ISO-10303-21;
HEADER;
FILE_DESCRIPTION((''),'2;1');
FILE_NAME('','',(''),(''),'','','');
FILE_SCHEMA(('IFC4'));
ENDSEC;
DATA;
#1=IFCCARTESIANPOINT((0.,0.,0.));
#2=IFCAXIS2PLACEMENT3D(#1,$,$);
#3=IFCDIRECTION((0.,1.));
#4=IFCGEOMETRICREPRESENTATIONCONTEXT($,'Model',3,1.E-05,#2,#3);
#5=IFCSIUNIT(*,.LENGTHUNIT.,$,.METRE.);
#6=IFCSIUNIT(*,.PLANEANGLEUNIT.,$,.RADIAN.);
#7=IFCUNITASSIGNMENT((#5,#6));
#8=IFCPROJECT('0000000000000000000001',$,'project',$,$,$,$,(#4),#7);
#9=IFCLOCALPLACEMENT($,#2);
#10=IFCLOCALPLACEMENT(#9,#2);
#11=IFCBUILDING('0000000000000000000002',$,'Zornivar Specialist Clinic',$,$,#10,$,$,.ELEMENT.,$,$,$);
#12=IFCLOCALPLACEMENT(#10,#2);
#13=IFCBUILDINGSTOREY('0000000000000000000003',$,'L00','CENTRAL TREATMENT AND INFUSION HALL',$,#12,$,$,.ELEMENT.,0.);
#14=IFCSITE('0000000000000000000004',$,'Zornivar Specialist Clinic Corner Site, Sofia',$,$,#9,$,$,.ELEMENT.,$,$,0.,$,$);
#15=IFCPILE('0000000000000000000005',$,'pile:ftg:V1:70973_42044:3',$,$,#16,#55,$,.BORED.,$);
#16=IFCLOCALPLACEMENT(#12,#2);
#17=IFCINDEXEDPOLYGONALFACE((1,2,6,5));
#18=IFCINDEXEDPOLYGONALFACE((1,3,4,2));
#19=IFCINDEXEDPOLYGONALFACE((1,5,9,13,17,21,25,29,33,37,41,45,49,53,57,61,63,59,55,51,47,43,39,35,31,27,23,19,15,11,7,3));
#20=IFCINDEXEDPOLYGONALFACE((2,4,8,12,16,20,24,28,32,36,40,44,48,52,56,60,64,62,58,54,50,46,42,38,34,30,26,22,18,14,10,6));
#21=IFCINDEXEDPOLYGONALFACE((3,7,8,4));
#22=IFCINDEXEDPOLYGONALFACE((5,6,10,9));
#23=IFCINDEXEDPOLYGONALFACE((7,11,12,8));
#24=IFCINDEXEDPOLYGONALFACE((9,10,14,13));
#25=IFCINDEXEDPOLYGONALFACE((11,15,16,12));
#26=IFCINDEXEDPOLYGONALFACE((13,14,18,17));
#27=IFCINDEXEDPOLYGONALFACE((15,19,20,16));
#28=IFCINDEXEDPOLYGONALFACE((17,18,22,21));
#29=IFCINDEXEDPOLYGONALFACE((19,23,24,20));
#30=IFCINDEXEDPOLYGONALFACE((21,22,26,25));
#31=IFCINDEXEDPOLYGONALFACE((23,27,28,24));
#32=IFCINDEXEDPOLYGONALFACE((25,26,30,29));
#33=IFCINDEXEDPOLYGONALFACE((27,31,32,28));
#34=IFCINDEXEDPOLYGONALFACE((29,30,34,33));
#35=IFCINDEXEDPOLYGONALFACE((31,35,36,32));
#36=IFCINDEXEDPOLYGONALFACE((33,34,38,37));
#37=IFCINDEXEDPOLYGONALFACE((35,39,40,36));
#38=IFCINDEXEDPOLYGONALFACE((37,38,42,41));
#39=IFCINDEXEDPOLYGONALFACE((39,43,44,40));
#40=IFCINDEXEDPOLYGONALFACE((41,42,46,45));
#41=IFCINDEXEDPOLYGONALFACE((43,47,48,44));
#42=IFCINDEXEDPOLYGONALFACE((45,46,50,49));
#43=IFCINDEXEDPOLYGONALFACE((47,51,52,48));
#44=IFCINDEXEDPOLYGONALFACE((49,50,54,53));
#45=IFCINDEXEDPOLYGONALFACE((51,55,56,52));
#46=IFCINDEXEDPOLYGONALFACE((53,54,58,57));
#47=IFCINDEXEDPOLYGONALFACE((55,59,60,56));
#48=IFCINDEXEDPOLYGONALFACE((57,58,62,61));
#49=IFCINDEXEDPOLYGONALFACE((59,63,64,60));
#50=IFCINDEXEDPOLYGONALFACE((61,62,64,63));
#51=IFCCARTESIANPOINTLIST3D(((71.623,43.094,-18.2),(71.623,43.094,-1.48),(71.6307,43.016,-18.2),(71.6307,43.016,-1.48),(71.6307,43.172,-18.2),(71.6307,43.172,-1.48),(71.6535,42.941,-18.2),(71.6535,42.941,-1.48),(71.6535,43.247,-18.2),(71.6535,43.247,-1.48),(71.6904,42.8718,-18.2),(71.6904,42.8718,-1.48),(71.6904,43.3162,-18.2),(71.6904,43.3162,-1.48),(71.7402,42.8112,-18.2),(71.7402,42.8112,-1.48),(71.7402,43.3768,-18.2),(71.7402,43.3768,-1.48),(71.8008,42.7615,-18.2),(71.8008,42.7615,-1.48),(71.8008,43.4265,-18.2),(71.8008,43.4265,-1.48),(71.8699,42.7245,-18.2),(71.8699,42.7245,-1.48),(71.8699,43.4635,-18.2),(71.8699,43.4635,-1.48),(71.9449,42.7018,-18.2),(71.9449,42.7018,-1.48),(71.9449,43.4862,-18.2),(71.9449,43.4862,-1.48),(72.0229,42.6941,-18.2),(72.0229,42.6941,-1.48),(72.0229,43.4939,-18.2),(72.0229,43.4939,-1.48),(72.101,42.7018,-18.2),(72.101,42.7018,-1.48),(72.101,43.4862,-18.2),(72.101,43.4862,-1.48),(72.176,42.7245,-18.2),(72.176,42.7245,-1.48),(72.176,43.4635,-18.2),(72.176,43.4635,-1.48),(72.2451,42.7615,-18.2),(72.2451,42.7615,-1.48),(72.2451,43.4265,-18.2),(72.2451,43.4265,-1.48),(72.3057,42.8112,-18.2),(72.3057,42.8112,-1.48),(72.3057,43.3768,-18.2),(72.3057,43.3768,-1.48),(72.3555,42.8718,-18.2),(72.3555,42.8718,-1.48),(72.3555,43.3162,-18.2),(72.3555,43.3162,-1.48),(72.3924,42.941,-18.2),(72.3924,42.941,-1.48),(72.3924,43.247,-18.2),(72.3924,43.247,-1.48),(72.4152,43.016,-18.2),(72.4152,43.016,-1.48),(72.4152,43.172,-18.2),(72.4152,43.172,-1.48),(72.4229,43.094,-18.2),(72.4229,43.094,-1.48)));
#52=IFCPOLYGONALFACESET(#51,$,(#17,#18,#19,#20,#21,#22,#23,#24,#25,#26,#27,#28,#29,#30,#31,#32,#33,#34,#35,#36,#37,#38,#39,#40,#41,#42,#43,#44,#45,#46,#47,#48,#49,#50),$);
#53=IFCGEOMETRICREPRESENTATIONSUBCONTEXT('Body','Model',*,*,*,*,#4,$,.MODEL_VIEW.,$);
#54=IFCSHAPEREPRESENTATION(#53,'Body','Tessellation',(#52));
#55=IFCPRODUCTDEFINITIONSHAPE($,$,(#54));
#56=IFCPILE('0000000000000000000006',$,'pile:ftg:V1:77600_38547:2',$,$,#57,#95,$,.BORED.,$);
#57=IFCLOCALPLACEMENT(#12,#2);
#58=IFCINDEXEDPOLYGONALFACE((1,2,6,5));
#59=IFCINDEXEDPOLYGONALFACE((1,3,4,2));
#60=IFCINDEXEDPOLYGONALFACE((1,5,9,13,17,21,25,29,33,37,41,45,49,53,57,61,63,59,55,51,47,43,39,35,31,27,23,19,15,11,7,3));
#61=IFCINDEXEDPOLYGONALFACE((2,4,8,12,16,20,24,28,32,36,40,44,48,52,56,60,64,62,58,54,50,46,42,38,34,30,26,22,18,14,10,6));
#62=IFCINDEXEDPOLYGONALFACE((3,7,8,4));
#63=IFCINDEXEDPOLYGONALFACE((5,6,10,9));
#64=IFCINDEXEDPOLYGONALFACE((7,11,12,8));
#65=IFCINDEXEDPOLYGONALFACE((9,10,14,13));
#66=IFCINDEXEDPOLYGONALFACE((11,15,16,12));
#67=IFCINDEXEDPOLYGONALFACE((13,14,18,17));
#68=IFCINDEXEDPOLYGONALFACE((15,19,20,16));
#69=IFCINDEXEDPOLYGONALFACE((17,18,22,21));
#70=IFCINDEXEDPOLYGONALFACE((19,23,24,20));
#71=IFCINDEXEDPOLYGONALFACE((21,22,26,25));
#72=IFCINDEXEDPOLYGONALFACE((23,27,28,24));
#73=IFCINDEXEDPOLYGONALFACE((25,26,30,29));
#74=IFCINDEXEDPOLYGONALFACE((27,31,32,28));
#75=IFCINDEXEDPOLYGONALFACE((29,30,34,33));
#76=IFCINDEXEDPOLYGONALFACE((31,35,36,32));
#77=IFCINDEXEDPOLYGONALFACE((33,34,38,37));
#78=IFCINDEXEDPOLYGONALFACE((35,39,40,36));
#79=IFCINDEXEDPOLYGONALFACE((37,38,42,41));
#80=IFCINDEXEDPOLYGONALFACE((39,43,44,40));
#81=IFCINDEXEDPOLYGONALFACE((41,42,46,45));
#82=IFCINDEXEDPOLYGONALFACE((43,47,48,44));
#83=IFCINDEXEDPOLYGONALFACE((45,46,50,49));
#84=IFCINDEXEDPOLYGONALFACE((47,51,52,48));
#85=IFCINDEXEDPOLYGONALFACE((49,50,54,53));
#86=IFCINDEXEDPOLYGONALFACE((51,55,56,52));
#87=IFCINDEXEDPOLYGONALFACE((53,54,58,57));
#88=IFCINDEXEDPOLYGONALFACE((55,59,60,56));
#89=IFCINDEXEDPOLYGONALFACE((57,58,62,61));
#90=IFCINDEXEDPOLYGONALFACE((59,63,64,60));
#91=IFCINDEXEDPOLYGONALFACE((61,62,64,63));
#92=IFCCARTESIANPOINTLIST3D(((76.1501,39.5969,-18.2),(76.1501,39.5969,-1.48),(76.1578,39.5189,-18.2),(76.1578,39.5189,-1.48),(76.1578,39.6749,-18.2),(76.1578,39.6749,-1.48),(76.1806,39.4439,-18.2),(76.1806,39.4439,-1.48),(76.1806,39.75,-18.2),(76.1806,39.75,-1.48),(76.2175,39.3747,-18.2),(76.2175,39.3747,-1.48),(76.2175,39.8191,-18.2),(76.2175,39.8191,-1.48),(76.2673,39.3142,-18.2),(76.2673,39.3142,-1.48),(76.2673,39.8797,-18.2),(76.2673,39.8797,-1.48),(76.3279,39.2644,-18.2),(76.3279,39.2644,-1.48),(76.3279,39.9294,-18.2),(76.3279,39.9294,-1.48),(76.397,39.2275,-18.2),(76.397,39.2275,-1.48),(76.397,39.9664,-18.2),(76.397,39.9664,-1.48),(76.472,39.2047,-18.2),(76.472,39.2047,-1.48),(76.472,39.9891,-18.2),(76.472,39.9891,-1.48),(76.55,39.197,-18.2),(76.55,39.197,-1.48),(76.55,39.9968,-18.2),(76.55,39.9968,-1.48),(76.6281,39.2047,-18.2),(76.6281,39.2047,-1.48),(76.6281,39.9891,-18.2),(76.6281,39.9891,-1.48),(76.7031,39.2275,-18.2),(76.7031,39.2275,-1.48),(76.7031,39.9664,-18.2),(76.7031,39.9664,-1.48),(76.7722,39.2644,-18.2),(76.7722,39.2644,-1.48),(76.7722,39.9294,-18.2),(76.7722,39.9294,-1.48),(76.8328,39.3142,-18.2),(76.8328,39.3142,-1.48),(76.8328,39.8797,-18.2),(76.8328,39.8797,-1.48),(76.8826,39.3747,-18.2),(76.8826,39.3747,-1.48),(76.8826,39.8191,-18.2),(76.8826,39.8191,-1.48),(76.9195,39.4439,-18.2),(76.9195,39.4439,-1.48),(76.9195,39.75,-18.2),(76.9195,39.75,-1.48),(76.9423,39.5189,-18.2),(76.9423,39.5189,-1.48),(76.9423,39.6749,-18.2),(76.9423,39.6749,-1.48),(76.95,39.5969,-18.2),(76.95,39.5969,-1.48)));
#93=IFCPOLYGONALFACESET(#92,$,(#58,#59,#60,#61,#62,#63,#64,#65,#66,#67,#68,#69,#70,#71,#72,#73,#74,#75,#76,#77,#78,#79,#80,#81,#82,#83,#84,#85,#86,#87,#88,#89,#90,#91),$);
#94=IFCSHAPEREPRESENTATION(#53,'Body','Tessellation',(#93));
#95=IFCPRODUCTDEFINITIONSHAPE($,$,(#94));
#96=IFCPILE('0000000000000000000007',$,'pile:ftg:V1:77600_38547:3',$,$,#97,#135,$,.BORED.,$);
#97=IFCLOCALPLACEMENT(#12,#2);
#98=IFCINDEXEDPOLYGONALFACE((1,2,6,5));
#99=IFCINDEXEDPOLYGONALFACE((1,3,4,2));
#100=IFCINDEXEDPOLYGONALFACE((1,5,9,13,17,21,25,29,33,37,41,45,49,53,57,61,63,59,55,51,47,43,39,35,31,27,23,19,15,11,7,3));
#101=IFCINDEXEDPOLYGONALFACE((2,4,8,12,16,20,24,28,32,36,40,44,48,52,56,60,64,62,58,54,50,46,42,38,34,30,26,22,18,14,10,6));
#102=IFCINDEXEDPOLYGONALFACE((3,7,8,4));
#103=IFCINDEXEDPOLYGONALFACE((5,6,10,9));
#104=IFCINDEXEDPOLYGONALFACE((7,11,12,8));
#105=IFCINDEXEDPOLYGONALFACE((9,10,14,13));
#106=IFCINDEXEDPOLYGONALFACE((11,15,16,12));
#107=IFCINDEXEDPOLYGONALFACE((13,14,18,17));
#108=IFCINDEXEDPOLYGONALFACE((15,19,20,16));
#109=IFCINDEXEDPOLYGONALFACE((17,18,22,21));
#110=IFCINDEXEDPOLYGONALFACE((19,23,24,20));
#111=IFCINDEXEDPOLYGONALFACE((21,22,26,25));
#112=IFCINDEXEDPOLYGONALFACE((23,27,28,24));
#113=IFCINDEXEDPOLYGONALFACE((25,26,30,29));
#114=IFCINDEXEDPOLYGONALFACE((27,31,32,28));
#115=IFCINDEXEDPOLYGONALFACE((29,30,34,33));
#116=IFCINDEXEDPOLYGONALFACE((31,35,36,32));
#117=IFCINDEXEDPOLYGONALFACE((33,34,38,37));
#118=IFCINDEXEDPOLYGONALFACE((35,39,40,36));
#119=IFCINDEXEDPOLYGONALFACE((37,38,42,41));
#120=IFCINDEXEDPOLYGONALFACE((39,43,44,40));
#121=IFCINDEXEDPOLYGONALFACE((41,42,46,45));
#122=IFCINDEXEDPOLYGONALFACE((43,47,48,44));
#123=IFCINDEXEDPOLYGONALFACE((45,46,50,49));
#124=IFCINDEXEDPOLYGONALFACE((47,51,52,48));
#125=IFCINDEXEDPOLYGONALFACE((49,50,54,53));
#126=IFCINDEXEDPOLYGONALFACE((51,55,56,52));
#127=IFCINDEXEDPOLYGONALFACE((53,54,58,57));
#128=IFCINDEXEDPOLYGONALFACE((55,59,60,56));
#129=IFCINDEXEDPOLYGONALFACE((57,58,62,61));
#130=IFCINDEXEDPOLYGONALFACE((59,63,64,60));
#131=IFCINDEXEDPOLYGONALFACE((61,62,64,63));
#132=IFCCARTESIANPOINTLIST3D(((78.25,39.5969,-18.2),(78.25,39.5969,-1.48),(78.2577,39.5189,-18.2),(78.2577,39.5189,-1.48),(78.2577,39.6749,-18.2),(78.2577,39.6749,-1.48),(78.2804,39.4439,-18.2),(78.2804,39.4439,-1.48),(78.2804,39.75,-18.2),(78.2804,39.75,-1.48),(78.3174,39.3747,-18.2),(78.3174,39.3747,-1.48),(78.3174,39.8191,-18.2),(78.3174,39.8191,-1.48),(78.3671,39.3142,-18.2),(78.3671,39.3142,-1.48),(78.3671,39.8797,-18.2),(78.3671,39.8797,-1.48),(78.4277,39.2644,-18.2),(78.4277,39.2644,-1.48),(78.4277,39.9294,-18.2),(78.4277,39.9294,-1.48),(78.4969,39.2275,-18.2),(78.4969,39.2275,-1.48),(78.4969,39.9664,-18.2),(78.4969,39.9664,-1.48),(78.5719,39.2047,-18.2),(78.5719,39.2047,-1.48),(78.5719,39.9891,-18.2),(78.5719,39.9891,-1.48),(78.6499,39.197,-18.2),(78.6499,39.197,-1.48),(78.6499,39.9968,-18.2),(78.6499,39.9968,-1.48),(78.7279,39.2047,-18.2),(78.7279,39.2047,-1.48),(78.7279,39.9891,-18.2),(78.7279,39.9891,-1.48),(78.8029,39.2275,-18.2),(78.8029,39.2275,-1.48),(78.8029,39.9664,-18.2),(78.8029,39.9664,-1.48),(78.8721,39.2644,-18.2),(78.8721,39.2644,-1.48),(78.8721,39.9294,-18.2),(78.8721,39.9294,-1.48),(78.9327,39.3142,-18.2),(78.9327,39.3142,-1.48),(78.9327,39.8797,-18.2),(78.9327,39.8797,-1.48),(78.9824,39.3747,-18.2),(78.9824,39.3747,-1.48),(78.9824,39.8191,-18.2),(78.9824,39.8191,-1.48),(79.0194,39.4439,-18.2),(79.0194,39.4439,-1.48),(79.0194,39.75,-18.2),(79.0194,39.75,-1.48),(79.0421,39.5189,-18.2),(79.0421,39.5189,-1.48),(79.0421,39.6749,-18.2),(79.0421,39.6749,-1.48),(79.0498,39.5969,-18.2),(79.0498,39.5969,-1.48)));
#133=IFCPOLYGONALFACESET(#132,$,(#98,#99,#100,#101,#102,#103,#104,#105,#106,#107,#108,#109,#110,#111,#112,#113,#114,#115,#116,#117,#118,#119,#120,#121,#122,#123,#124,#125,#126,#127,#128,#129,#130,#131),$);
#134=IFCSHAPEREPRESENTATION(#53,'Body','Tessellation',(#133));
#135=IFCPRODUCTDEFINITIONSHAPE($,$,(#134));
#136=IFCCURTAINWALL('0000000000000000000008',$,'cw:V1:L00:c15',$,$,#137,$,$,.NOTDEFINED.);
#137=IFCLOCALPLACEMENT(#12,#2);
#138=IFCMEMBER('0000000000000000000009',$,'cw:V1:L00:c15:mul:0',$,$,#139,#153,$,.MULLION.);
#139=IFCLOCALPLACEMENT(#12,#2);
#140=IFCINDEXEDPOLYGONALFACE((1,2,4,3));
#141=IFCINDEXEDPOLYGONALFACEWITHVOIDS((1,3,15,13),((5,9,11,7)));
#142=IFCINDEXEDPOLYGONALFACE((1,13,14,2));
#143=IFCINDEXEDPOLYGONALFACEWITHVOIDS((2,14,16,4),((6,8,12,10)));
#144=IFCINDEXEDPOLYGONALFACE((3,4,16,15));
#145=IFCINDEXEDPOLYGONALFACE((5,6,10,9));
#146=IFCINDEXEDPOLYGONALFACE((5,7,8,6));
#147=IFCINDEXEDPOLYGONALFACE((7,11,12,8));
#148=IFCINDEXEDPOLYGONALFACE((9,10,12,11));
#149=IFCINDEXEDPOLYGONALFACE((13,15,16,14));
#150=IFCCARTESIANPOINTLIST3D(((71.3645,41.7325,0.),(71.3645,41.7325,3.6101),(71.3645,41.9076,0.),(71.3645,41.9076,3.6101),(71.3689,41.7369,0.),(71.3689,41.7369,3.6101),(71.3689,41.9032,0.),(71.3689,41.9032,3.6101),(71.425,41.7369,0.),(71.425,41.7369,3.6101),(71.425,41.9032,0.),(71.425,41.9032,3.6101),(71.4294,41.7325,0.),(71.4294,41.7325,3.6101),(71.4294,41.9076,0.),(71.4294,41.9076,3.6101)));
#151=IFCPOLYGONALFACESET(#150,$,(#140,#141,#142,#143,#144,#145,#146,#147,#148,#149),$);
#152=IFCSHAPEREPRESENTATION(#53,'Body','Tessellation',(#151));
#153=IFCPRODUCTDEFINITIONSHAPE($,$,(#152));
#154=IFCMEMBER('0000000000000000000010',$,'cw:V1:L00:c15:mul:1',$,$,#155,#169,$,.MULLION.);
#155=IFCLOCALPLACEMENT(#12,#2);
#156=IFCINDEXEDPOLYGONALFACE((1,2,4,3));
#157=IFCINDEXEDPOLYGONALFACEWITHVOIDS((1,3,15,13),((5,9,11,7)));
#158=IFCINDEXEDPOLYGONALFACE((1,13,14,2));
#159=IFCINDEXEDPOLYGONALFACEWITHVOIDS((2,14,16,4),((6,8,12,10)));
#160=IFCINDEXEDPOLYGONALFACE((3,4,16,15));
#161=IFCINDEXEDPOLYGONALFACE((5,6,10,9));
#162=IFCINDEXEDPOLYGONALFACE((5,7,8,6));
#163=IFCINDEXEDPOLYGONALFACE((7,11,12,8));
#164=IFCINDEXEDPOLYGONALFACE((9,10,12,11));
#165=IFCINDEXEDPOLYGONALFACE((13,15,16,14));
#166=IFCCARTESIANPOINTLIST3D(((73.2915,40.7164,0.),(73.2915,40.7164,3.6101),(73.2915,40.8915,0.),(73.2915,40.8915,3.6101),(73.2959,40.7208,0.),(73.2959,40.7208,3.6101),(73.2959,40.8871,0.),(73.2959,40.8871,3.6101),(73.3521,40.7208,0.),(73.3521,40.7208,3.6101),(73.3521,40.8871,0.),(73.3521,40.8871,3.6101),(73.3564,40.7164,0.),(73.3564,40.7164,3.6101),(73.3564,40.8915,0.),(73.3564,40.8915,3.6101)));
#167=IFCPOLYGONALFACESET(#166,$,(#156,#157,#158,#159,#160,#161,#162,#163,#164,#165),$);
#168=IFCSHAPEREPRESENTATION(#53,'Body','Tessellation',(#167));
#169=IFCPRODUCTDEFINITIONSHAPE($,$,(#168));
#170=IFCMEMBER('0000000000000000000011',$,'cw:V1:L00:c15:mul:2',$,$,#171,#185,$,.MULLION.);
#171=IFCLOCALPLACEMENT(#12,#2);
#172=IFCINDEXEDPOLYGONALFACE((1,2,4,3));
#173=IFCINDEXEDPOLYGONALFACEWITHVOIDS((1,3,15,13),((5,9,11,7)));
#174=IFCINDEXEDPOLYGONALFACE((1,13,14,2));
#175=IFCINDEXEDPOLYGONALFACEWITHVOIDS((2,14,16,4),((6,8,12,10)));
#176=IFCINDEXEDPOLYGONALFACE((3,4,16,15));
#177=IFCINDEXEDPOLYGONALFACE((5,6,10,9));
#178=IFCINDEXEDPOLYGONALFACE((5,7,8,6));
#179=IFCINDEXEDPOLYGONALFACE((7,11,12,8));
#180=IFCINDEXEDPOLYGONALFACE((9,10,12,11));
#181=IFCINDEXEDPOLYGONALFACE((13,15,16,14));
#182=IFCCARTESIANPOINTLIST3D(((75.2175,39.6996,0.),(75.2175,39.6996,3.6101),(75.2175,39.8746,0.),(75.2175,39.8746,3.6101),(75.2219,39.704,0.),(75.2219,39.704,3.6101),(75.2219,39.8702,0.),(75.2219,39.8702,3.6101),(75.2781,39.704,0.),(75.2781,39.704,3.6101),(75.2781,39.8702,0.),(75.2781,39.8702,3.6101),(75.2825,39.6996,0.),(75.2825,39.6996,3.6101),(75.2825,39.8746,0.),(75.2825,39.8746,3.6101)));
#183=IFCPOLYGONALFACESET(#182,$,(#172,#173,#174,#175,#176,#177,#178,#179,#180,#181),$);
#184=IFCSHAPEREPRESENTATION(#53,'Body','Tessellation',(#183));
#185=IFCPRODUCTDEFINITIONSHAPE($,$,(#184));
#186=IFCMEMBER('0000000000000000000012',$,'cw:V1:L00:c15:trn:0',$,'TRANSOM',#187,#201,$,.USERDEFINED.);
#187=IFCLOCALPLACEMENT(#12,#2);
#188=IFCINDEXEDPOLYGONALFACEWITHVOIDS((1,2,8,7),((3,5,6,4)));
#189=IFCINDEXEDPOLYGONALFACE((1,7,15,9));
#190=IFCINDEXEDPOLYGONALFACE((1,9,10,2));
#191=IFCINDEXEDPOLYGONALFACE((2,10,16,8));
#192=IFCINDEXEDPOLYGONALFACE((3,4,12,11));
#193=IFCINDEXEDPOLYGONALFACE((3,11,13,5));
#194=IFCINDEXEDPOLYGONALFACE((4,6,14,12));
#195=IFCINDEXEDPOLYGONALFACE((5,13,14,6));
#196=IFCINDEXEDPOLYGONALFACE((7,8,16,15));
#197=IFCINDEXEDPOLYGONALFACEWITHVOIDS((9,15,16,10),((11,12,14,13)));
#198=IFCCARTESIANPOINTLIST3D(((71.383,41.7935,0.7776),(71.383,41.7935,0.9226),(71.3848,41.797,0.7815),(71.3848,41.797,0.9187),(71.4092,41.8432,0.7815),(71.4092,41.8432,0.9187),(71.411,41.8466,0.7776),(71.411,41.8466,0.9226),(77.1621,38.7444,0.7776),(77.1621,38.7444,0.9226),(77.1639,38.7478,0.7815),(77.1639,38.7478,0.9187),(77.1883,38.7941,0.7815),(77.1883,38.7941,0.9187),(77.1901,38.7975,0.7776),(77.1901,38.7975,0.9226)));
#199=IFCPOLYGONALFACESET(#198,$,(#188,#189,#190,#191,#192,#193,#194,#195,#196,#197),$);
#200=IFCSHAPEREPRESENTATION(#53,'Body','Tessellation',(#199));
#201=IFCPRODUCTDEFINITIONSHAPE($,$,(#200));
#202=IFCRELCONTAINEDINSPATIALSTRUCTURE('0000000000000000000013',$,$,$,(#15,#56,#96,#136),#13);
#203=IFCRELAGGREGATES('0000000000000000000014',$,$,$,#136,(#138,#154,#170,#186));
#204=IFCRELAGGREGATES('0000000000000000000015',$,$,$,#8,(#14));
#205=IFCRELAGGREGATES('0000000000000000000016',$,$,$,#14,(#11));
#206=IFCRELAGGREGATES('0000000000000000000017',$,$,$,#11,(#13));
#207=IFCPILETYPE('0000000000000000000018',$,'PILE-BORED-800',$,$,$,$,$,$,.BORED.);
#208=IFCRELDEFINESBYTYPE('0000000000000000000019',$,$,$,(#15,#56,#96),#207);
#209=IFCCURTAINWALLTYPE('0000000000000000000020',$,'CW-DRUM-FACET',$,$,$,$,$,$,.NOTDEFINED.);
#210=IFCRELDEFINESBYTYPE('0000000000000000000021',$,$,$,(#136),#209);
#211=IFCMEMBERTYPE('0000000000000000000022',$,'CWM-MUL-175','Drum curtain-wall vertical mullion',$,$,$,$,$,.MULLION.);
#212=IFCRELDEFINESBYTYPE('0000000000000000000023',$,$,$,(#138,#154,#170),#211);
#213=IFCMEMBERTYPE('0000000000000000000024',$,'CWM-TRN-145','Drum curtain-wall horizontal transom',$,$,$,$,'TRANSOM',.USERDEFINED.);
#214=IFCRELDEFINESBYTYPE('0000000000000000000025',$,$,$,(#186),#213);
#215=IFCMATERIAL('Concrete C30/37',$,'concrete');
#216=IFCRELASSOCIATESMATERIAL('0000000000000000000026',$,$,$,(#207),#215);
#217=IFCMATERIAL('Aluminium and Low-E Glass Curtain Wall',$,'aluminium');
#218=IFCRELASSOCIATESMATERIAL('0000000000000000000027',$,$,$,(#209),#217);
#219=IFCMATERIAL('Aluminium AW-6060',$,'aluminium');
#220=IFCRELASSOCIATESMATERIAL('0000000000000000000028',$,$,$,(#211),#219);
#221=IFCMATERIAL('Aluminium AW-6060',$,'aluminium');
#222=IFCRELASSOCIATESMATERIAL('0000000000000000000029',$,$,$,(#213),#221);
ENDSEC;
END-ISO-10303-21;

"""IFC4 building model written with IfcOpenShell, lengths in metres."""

from ifc_helpers import new_model, si_unit, direction, frame, origin, origin_2d, place, context, subcontext, project, spatial, hollow_rectangle, circle, extrude, material, material_profile, profile_set, type_object, element, aggregate, save


model = new_model("IFC4")

# Units and contexts
model_context = context("Model", 3, precision=1e-05, world=origin(), true_north=direction((0.0, 1.0)))
body_context = subcontext(model_context, "Body", "Model", "MODEL_VIEW")
ifc_project = project(units=[si_unit("LENGTHUNIT", "METRE"), si_unit("PLANEANGLEUNIT", "RADIAN")], contexts=[model_context])

# Site, building, storey
site_placement = place(None, origin())
site = spatial("IfcSite", under=ifc_project, at=site_placement, Name="Zornivar Specialist Clinic Corner Site, Sofia", CompositionType="ELEMENT", RefElevation=0.0)
building_placement = place(site_placement, origin())
building = spatial("IfcBuilding", under=site, at=building_placement, Name="Zornivar Specialist Clinic", CompositionType="ELEMENT")
storey_placement = place(building_placement, origin())
storey = spatial("IfcBuildingStorey", under=building, at=storey_placement, Name="L00", Description="CENTRAL TREATMENT AND INFUSION HALL", CompositionType="ELEMENT", Elevation=0.0)

# Piles
ifc_material_1 = material(Name="Concrete C30/37", Category="concrete")
ifc_material_profile_1 = material_profile(ifc_material_1, circle(Radius=0.3999, at=origin_2d()), Name="PILE D800")
ifc_profile_set_1 = profile_set([ifc_material_profile_1], Name="Concrete C30/37")
pile_type = type_object("IfcPileType", Name="PILE-BORED-800", PredefinedType="BORED", material=ifc_profile_set_1)
for number, where, z_axis, x_axis, name in (
    (1, (72.0229, 43.094, -1.48), (0.0, 0.0, -1.0), (1.0, 0.0, 0.0), "pile:ftg:V1:70973_42044:3"),
    (2, (76.55, 39.5969, -1.48), (0.0, 0.0, -1.0), (1.0, 0.0, 0.0), "pile:ftg:V1:77600_38547:2"),
    (3, (78.6499, 39.5969, -1.48), (0.0, 0.0, -1.0), (1.0, 0.0, 0.0), "pile:ftg:V1:77600_38547:3"),
):
    element("IfcPile", number, at=place(storey_placement, frame(where, z_axis=z_axis, x_axis=x_axis)), inside=storey, type_object=pile_type, Name=name, PredefinedType="BORED", context=body_context, shape_type="SweptSolid", body=[
        extrude(circle(Radius=0.3999, at=origin_2d()), origin(), (0.0, 0.0, 1.0), 16.72),
    ])

# Curtain wall, members
ifc_material_2 = material(Name="Aluminium and Low-E Glass Curtain Wall", Category="aluminium")
curtain_wall_type = type_object("IfcCurtainWallType", Name="CW-DRUM-FACET", PredefinedType="NOTDEFINED", material=ifc_material_2)
curtain_wall_placement = place(storey_placement, origin())
curtain_wall = element("IfcCurtainWall", 4, at=curtain_wall_placement, inside=storey, type_object=curtain_wall_type, Name="cw:V1:L00:c15", PredefinedType="NOTDEFINED")
ifc_material_3 = material(Name="Aluminium AW-6060", Category="aluminium")
ifc_material_profile_2 = material_profile(ifc_material_3, hollow_rectangle(XDim=0.0649, YDim=0.175, WallThickness=0.0044, at=origin_2d()), Name="ALU 65x175x4.5")
ifc_profile_set_2 = profile_set([ifc_material_profile_2], Name="Aluminium AW-6060")
member_type_1 = type_object("IfcMemberType", Name="CWM-MUL-175", Description="Drum curtain-wall vertical mullion", PredefinedType="MULLION", material=ifc_profile_set_2)
member_1_placement = place(storey_placement, frame((71.397, 41.8201, 0.0), z_axis=(0.0, 0.0, 1.0), x_axis=(1.0, 0.0, 0.0)))
member_1 = element("IfcMember", 5, at=member_1_placement, type_object=member_type_1, Name="cw:V1:L00:c15:mul:0", PredefinedType="MULLION", context=body_context, shape_type="SweptSolid", body=[
    extrude(hollow_rectangle(XDim=0.0649, YDim=0.175, WallThickness=0.0044, at=origin_2d()), origin(), (0.0, 0.0, 1.0), 3.6101),
])
member_2_placement = place(storey_placement, frame((73.324, 40.804, 0.0), z_axis=(0.0, 0.0, 1.0), x_axis=(1.0, 0.0, 0.0)))
member_2 = element("IfcMember", 6, at=member_2_placement, type_object=member_type_1, Name="cw:V1:L00:c15:mul:1", PredefinedType="MULLION", context=body_context, shape_type="SweptSolid", body=[
    extrude(hollow_rectangle(XDim=0.0649, YDim=0.175, WallThickness=0.0044, at=origin_2d()), origin(), (0.0, 0.0, 1.0), 3.6101),
])
member_3_placement = place(storey_placement, frame((75.25, 39.7871, 0.0), z_axis=(0.0, 0.0, 1.0), x_axis=(1.0, 0.0, 0.0)))
member_3 = element("IfcMember", 7, at=member_3_placement, type_object=member_type_1, Name="cw:V1:L00:c15:mul:2", PredefinedType="MULLION", context=body_context, shape_type="SweptSolid", body=[
    extrude(hollow_rectangle(XDim=0.0649, YDim=0.175, WallThickness=0.0044, at=origin_2d()), origin(), (0.0, 0.0, 1.0), 3.6101),
])
ifc_material_4 = material(Name="Aluminium AW-6060", Category="aluminium")
ifc_material_profile_3 = material_profile(ifc_material_4, hollow_rectangle(XDim=0.0601, YDim=0.145, WallThickness=0.0039, at=origin_2d()), Name="ALU 60x145x4")
ifc_profile_set_3 = profile_set([ifc_material_profile_3], Name="Aluminium AW-6060")
member_type_2 = type_object("IfcMemberType", Name="CWM-TRN-145", Description="Drum curtain-wall horizontal transom", ElementType="TRANSOM", PredefinedType="USERDEFINED", material=ifc_profile_set_3)
member_4_placement = place(storey_placement, frame((71.397, 41.8201, 0.8501), z_axis=(0.884447, -0.466641, 0.0), x_axis=(0.466641, 0.884447, 0.0)))
member_4 = element("IfcMember", 8, at=member_4_placement, type_object=member_type_2, Name="cw:V1:L00:c15:trn:0", ObjectType="TRANSOM", PredefinedType="USERDEFINED", context=body_context, shape_type="SweptSolid", body=[
    extrude(hollow_rectangle(XDim=0.0601, YDim=0.145, WallThickness=0.0039, at=origin_2d()), origin(), (0.0, 0.0, 1.0), 6.5342),
])
aggregate(curtain_wall, [member_1, member_2, member_3, member_4])

save(model, "model.ifc")
